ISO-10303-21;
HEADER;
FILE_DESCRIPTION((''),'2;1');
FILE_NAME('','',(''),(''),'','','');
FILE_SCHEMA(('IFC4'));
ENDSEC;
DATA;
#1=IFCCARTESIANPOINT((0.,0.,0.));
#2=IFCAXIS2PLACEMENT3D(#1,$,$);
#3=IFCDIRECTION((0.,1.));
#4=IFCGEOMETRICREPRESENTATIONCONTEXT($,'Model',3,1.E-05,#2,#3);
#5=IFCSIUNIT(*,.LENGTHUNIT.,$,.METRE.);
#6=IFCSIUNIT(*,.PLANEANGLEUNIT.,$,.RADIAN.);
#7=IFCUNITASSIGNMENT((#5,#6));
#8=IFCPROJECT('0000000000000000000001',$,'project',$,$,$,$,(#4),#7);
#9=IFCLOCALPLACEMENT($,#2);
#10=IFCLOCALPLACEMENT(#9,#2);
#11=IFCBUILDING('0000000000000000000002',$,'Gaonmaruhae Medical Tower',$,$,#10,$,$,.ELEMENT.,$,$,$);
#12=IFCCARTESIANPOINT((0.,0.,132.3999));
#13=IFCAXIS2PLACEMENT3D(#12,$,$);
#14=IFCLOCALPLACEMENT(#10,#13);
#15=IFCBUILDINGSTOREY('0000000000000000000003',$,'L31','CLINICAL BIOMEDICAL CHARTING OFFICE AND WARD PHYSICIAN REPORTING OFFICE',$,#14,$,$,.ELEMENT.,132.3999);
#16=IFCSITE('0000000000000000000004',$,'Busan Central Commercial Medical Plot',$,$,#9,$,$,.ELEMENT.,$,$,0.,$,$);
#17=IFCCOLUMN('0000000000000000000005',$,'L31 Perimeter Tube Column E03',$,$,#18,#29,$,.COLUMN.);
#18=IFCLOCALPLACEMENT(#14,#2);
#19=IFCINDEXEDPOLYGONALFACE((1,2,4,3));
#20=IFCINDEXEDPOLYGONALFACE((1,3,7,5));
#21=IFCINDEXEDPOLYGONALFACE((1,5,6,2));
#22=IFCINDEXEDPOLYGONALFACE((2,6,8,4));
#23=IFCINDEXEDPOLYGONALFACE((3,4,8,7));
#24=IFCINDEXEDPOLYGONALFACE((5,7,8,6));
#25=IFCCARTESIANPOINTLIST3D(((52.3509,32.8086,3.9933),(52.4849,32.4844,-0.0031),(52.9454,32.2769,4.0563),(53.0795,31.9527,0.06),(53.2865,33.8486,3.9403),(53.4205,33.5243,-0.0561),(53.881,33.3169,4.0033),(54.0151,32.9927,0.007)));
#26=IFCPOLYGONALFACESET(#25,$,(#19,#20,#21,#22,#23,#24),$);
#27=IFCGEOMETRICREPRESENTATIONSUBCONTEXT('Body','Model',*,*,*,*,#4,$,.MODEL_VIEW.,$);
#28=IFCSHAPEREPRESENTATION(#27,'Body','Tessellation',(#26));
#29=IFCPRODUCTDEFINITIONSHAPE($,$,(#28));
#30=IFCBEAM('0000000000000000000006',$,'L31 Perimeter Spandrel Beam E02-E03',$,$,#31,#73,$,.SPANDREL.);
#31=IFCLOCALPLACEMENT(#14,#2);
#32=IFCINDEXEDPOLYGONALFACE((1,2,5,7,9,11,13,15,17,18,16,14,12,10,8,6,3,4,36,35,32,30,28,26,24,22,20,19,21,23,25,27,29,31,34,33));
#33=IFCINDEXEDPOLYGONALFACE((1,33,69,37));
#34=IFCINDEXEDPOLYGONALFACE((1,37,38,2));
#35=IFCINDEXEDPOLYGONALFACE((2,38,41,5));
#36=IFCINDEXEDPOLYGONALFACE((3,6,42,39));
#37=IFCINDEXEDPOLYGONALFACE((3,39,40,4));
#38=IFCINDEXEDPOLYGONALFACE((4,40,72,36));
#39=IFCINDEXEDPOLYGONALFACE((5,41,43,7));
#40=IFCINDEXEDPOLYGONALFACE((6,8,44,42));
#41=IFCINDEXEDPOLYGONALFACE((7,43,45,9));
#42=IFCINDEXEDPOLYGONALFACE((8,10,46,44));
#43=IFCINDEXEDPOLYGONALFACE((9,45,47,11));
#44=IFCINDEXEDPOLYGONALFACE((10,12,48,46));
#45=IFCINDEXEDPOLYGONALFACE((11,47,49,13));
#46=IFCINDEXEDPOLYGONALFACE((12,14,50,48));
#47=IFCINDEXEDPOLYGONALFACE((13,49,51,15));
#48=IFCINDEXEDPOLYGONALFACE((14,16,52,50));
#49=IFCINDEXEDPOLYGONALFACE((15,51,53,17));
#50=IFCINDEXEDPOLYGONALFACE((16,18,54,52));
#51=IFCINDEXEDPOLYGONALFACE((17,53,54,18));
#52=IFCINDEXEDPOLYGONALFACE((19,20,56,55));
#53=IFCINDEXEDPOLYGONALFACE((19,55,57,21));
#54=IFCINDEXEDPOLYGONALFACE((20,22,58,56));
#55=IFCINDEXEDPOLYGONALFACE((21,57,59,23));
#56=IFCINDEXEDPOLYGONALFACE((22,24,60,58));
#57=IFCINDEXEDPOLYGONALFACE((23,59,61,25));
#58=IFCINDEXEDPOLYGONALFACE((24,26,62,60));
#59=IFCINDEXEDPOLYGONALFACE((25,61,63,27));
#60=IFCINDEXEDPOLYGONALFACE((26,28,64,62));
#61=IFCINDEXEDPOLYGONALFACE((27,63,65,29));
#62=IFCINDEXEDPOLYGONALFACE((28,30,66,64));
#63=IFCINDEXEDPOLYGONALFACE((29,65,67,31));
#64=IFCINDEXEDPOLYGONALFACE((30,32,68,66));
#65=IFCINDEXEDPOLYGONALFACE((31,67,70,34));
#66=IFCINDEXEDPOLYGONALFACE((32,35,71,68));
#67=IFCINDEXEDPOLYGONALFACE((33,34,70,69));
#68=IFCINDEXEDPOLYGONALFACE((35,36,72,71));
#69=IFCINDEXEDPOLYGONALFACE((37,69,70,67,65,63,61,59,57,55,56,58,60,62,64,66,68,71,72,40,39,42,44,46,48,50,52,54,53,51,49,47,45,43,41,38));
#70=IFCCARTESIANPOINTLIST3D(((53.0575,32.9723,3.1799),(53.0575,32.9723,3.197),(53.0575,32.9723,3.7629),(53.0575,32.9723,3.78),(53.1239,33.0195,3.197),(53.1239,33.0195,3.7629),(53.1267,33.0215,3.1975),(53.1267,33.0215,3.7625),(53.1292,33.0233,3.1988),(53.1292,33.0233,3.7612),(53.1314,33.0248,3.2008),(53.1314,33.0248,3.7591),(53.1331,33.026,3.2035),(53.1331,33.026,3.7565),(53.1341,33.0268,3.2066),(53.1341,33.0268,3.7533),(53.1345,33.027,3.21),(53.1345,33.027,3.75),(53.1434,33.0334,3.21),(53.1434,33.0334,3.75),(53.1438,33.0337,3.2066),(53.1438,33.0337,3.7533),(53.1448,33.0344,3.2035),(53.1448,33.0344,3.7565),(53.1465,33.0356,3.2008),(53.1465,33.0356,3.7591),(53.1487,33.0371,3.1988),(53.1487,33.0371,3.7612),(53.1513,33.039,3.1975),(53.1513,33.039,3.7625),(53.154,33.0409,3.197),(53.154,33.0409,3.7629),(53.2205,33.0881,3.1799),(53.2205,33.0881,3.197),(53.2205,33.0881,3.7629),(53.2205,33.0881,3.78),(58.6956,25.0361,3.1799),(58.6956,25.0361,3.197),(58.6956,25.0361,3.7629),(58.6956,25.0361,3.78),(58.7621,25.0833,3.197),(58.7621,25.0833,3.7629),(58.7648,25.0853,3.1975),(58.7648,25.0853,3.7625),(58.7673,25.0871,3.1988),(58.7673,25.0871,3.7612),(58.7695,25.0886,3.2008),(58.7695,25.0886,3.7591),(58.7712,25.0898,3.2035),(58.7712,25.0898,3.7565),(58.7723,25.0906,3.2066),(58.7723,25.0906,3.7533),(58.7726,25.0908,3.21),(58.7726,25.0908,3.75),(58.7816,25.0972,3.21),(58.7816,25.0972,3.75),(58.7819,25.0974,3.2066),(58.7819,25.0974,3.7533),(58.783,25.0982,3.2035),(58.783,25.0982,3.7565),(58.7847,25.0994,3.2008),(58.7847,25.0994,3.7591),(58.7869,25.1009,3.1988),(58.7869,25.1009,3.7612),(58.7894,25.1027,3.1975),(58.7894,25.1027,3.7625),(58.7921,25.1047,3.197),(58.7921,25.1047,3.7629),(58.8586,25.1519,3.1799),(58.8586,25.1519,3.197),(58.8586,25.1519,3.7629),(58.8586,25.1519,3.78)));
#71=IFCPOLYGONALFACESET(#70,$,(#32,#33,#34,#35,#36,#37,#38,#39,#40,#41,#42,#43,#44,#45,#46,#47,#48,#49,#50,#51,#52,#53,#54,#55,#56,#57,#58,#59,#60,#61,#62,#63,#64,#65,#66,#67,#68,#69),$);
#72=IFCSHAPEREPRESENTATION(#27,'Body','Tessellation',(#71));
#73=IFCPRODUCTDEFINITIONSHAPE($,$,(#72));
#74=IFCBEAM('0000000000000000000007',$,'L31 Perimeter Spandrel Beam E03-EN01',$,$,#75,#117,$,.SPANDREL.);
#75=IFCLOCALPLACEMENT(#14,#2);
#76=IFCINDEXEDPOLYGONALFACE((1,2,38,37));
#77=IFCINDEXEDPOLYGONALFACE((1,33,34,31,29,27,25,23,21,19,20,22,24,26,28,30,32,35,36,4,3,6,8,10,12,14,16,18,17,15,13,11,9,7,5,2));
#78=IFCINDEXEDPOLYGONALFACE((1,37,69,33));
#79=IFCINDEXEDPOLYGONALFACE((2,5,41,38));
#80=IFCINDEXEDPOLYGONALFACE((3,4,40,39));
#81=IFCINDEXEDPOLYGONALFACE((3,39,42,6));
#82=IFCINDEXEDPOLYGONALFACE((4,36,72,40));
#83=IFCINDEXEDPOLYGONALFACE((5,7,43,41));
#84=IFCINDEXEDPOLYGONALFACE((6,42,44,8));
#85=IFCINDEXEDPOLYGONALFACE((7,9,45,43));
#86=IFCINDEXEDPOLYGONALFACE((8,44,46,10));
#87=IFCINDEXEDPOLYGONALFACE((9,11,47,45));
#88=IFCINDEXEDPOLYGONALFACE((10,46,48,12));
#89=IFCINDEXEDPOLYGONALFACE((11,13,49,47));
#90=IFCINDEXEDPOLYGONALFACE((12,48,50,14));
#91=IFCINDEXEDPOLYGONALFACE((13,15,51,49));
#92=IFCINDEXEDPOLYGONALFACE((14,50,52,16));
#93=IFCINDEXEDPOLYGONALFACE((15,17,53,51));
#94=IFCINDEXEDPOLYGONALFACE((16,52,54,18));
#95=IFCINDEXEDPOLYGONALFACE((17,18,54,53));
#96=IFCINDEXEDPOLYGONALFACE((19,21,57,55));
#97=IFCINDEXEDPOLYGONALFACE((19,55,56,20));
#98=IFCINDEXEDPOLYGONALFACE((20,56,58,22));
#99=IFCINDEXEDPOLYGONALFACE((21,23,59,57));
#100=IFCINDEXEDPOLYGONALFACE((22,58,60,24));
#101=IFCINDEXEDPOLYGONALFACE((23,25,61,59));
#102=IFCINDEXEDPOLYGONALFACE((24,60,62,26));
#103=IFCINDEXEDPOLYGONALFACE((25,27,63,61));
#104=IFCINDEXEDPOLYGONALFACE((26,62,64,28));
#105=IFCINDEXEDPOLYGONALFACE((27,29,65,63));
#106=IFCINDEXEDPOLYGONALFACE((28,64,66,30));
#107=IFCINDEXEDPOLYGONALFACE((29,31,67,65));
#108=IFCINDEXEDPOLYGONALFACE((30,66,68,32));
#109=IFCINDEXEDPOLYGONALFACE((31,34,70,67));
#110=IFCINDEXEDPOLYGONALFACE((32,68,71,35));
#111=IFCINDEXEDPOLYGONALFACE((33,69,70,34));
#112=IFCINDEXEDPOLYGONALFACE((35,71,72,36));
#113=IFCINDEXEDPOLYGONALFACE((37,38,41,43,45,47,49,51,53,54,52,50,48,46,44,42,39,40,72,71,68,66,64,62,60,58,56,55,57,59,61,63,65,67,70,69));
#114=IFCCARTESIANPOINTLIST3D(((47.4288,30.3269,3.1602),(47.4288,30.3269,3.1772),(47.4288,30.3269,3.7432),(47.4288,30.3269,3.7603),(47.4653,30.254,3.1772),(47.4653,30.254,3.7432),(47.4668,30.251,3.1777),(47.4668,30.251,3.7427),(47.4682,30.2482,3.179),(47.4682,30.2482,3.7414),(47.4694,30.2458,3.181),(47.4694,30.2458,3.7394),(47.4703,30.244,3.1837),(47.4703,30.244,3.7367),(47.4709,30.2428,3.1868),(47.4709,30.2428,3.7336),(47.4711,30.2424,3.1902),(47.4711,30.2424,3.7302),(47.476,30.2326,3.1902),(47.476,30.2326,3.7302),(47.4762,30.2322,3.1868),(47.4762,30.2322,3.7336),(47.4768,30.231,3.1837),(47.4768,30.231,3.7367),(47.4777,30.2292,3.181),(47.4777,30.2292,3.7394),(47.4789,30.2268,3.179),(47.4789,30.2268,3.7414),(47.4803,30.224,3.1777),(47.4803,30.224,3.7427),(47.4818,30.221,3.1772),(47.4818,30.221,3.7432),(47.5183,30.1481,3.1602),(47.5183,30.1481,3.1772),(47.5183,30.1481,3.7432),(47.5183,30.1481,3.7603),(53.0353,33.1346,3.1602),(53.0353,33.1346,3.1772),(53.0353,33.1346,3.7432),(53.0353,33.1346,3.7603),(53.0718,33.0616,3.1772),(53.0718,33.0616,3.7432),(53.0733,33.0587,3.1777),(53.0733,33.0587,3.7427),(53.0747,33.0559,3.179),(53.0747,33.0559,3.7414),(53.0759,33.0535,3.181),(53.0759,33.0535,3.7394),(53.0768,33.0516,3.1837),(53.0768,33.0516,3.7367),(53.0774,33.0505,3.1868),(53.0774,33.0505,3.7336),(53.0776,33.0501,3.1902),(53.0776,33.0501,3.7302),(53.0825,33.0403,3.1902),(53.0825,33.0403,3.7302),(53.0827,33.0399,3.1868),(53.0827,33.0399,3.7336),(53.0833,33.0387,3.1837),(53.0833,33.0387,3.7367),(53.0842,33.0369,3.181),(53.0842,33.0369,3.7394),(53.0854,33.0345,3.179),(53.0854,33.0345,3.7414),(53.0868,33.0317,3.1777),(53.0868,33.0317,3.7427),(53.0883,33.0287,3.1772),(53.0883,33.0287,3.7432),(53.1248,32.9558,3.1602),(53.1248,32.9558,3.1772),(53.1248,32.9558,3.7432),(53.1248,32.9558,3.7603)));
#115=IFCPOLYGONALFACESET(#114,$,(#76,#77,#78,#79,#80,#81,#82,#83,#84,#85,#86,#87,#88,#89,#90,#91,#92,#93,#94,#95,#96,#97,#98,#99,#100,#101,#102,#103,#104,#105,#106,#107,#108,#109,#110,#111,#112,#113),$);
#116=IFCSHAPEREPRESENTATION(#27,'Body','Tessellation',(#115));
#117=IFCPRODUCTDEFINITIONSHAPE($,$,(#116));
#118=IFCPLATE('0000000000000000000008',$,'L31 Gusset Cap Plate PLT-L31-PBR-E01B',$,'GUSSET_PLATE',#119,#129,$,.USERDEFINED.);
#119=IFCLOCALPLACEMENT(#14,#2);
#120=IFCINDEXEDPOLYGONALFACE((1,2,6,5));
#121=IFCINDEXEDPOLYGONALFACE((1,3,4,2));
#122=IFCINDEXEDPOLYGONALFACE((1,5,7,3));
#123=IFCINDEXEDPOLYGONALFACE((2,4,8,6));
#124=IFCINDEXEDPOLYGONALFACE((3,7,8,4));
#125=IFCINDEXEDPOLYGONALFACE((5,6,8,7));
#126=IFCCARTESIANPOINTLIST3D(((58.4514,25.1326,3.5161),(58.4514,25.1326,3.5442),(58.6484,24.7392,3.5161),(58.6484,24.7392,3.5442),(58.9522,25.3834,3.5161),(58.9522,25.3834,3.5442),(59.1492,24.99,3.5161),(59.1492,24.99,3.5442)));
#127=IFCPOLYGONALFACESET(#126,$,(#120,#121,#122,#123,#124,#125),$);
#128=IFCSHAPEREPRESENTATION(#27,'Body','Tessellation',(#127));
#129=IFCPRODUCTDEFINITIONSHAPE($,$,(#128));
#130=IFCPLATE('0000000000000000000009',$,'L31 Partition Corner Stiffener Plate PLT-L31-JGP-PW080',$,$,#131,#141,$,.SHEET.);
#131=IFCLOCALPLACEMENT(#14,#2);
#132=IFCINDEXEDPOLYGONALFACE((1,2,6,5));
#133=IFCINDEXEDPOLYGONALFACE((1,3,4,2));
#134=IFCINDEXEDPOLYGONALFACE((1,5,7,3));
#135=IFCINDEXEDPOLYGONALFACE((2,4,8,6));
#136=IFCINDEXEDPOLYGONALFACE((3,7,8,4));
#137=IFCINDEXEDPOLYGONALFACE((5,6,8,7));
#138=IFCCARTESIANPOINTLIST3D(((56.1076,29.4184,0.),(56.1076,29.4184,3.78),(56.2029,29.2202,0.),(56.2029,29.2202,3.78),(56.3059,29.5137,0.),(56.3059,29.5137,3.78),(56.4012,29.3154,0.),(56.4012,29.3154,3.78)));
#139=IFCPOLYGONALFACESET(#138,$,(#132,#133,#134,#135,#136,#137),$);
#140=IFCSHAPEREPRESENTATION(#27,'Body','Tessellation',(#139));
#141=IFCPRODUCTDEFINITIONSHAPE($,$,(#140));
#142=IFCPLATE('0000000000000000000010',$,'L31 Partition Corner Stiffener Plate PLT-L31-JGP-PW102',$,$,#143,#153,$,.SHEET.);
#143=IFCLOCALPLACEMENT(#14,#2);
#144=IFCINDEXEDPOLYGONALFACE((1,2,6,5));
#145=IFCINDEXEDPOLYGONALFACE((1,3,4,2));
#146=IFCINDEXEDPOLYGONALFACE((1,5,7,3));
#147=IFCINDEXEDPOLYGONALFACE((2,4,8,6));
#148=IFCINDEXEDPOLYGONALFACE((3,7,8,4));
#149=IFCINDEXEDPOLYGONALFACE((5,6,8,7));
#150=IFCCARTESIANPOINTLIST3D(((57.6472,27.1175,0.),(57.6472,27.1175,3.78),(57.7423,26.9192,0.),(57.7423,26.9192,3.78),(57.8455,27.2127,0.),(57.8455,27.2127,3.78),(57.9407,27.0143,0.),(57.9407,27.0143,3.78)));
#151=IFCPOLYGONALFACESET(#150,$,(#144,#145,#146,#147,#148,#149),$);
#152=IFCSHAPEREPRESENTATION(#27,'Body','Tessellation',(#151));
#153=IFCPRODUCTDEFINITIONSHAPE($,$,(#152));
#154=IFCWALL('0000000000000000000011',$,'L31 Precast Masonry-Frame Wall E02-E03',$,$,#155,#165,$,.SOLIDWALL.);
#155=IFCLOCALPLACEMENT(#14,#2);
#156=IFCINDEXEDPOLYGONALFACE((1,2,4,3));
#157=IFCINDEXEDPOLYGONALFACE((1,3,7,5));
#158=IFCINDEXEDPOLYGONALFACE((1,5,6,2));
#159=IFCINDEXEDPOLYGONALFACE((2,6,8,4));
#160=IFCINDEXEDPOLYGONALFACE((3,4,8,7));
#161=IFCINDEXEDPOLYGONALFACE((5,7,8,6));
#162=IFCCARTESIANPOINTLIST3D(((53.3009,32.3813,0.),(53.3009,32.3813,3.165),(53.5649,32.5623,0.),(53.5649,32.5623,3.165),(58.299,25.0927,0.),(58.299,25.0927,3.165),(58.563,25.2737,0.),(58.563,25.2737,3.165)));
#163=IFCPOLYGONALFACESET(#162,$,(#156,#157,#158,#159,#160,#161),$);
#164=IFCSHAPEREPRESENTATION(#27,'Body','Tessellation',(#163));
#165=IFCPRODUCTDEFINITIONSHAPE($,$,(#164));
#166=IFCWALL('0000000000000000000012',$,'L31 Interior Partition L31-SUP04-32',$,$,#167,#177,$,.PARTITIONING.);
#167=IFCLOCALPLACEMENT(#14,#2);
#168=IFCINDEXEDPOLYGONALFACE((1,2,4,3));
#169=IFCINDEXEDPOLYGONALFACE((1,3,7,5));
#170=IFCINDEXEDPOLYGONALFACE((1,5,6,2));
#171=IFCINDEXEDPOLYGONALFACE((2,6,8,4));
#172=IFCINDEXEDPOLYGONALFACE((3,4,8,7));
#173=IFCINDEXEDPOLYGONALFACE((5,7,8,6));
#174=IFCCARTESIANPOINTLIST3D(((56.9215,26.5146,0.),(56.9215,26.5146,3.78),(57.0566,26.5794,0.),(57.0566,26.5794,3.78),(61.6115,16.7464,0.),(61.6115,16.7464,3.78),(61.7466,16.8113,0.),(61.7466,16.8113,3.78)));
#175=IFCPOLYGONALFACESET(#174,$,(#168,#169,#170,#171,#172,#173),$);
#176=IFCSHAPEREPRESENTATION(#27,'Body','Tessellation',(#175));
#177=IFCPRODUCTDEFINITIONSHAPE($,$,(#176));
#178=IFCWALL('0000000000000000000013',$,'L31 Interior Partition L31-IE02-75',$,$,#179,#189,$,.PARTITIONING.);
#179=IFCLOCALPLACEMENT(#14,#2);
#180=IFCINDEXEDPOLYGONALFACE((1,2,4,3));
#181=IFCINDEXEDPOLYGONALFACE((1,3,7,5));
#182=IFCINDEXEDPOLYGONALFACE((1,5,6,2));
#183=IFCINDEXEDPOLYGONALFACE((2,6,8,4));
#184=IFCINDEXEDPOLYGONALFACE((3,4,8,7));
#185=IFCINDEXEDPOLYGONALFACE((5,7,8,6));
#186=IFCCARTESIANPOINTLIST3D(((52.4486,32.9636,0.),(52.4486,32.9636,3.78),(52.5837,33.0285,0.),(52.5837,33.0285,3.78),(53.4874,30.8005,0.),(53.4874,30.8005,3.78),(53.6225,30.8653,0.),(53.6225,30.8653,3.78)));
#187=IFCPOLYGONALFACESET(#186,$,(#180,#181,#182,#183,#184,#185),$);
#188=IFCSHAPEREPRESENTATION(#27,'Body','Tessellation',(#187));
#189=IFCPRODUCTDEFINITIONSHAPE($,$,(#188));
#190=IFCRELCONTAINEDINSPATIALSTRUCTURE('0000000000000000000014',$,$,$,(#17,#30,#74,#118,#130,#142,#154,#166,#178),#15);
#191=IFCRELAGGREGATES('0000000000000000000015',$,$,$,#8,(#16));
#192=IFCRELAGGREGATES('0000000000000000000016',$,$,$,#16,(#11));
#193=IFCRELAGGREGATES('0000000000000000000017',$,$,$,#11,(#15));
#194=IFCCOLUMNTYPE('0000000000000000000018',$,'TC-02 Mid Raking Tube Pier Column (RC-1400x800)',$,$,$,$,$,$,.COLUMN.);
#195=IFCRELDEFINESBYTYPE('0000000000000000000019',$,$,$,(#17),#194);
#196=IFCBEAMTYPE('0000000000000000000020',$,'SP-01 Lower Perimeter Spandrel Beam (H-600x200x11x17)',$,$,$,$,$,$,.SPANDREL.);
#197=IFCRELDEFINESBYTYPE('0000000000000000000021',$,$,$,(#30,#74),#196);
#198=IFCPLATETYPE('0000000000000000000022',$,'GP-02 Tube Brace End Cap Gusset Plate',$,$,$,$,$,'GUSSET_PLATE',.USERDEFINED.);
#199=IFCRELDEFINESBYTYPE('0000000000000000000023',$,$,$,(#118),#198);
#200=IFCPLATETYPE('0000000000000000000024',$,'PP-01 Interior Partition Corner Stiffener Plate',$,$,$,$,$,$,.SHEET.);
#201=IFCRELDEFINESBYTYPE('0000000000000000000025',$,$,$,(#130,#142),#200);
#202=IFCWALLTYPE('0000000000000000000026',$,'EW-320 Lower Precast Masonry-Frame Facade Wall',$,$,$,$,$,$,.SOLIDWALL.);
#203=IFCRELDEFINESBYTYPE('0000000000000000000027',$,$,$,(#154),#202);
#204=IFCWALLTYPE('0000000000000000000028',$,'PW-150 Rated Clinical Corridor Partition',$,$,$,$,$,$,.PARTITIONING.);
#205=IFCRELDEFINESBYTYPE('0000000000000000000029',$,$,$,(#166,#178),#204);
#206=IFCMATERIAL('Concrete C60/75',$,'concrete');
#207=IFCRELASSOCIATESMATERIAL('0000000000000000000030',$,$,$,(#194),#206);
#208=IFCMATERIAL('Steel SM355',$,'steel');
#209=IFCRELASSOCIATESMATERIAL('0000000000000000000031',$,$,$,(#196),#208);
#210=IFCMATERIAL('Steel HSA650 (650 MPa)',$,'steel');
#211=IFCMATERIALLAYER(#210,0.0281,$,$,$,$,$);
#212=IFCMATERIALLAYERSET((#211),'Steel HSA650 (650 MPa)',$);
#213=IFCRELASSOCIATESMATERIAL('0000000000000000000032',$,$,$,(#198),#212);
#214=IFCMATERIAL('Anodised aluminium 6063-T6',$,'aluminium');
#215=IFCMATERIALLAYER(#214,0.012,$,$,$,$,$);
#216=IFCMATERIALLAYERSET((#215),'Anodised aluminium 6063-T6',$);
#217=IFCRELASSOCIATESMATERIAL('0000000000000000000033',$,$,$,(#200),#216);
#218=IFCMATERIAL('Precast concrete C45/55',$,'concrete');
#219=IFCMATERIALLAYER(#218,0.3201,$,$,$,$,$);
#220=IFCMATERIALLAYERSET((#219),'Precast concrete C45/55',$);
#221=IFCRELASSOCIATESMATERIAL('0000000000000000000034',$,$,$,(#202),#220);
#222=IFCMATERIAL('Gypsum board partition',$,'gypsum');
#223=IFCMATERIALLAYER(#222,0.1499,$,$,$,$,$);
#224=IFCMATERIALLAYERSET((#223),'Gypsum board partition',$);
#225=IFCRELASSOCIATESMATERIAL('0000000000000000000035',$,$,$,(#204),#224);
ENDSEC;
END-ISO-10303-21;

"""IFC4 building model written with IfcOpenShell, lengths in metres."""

from ifc_helpers import new_model, si_unit, direction, frame, frame_2d, origin, origin_2d, place, context, subcontext, project, spatial, rectangle, i_section, extrude, material, layer, layer_set, material_profile, profile_set, type_object, element, save


model = new_model("IFC4")

# Units and contexts
model_context = context("Model", 3, precision=1e-05, world=origin(), true_north=direction((0.0, 1.0)))
body_context = subcontext(model_context, "Body", "Model", "MODEL_VIEW")
ifc_project = project(units=[si_unit("LENGTHUNIT", "METRE"), si_unit("PLANEANGLEUNIT", "RADIAN")], contexts=[model_context])

# Site, building, storey
site_placement = place(None, origin())
site = spatial("IfcSite", under=ifc_project, at=site_placement, Name="Busan Central Commercial Medical Plot", CompositionType="ELEMENT", RefElevation=0.0)
building_placement = place(site_placement, origin())
building = spatial("IfcBuilding", under=site, at=building_placement, Name="Gaonmaruhae Medical Tower", CompositionType="ELEMENT")
storey_placement = place(building_placement, frame((0.0, 0.0, 132.3999)))
storey = spatial("IfcBuildingStorey", under=building, at=storey_placement, Name="L31", Description="CLINICAL BIOMEDICAL CHARTING OFFICE AND WARD PHYSICIAN REPORTING OFFICE", CompositionType="ELEMENT", Elevation=132.3999)

# Column
ifc_material_1 = material(Name="Concrete C60/75", Category="concrete")
ifc_material_profile_1 = material_profile(ifc_material_1, rectangle(XDim=1.3999, YDim=0.8, at=origin_2d()), Name="RC-1400x800")
ifc_profile_set_1 = profile_set([ifc_material_profile_1], Name="Concrete C60/75")
column_type = type_object("IfcColumnType", Name="TC-02 Mid Raking Tube Pier Column (RC-1400x800)", PredefinedType="COLUMN", material=ifc_profile_set_1)
column_placement = place(storey_placement, frame((53.25, 32.7385, 0.002), z_axis=(-0.033411, 0.080818, 0.996169), x_axis=(-0.668331, -0.7429, 0.037856)))
element("IfcColumn", 1, at=column_placement, inside=storey, type_object=column_type, Name="L31 Perimeter Tube Column E03", PredefinedType="COLUMN", context=body_context, shape_type="SweptSolid", body=[
    extrude(rectangle(XDim=1.3999, YDim=0.8, at=origin_2d()), origin(), (0.0, 0.0, 1.0), 4.0117),
])

# Beams
ifc_material_2 = material(Name="Steel SM355", Category="steel")
ifc_material_profile_2 = material_profile(ifc_material_2, i_section(OverallWidth=0.2, OverallDepth=0.6001, WebThickness=0.011, FlangeThickness=0.0171, FilletRadius=0.0129, at=origin_2d()), Name="H-600x200x11x17")
ifc_profile_set_2 = profile_set([ifc_material_profile_2], Name="Steel SM355")
beam_type = type_object("IfcBeamType", Name="SP-01 Lower Perimeter Spandrel Beam (H-600x200x11x17)", PredefinedType="SPANDREL", material=ifc_profile_set_2)
beam_1_placement = place(storey_placement, frame((58.7771, 25.094, 3.48), z_axis=(-0.579156, 0.815217, 0.0), x_axis=(-0.815217, -0.579156, 0.0)))
element("IfcBeam", 2, at=beam_1_placement, inside=storey, type_object=beam_type, Name="L31 Perimeter Spandrel Beam E02-E03", PredefinedType="SPANDREL", context=body_context, shape_type="SweptSolid", body=[
    extrude(i_section(OverallWidth=0.2, OverallDepth=0.6001, WebThickness=0.011, FlangeThickness=0.0171, FilletRadius=0.0129, at=origin_2d()), origin(), (0.0, 0.0, 1.0), 9.7351),
])
beam_2_placement = place(storey_placement, frame((53.0801, 33.0452, 3.4602), z_axis=(-0.894147, -0.447774, 0.0), x_axis=(0.447774, -0.894147, 0.0)))
element("IfcBeam", 3, at=beam_2_placement, inside=storey, type_object=beam_type, Name="L31 Perimeter Spandrel Beam E03-EN01", PredefinedType="SPANDREL", context=body_context, shape_type="SweptSolid", body=[
    extrude(i_section(OverallWidth=0.2, OverallDepth=0.6001, WebThickness=0.011, FlangeThickness=0.0171, FilletRadius=0.0129, at=origin_2d()), origin(), (0.0, 0.0, 1.0), 6.2703),
])

# Plates
ifc_material_3 = material(Name="Steel HSA650 (650 MPa)", Category="steel")
ifc_layer_1 = layer(ifc_material_3, 0.0281)
ifc_layer_set_1 = layer_set([ifc_layer_1], Name="Steel HSA650 (650 MPa)")
plate_type_1 = type_object("IfcPlateType", Name="GP-02 Tube Brace End Cap Gusset Plate", ElementType="GUSSET_PLATE", PredefinedType="USERDEFINED", material=ifc_layer_set_1)
plate_placement = place(storey_placement, frame((58.8003, 25.0613, 3.5161), z_axis=(0.0, 0.0, 1.0), x_axis=(0.894154, 0.447759, 0.0)))
element("IfcPlate", 4, at=plate_placement, inside=storey, type_object=plate_type_1, Name="L31 Gusset Cap Plate PLT-L31-PBR-E01B", ObjectType="GUSSET_PLATE", PredefinedType="USERDEFINED", context=body_context, shape_type="SweptSolid", body=[
    extrude(rectangle(XDim=0.5601, YDim=0.4399, at=origin_2d()), origin(), (0.0, 0.0, 1.0), 0.0281),
])
ifc_material_4 = material(Name="Anodised aluminium 6063-T6", Category="aluminium")
ifc_layer_2 = layer(ifc_material_4, 0.012)
ifc_layer_set_2 = layer_set([ifc_layer_2], Name="Anodised aluminium 6063-T6")
plate_type_2 = type_object("IfcPlateType", Name="PP-01 Interior Partition Corner Stiffener Plate", PredefinedType="SHEET", material=ifc_layer_set_2)
for number, where, z_axis, x_axis, name in (
    (5, (56.2544, 29.3669, 0.0), (0.0, 0.0, 1.0), (-0.901349, -0.433093, 0.0), "L31 Partition Corner Stiffener Plate PLT-L31-JGP-PW080"),
    (6, (57.7939, 27.0659, 0.0), (0.0, 0.0, 1.0), (0.901636, 0.432495, 0.0), "L31 Partition Corner Stiffener Plate PLT-L31-JGP-PW102"),
):
    element("IfcPlate", number, at=place(storey_placement, frame(where, z_axis=z_axis, x_axis=x_axis)), inside=storey, type_object=plate_type_2, Name=name, PredefinedType="SHEET", context=body_context, shape_type="SweptSolid", body=[
        extrude(rectangle(XDim=0.22, YDim=0.22, at=origin_2d()), origin(), (0.0, 0.0, 1.0), 3.78),
    ])

# Walls
ifc_material_5 = material(Name="Precast concrete C45/55", Category="concrete")
ifc_layer_3 = layer(ifc_material_5, 0.3201)
ifc_layer_set_3 = layer_set([ifc_layer_3], Name="Precast concrete C45/55")
wall_type_1 = type_object("IfcWallType", Name="EW-320 Lower Precast Masonry-Frame Facade Wall", PredefinedType="SOLIDWALL", material=ifc_layer_set_3)
wall_1_placement = place(storey_placement, frame((53.4329, 32.4719, 0.0), z_axis=(0.0, 0.0, 1.0), x_axis=(0.565541, -0.82472, 0.0)))
element("IfcWall", 7, at=wall_1_placement, inside=storey, type_object=wall_type_1, Name="L31 Precast Masonry-Frame Wall E02-E03", PredefinedType="SOLIDWALL", context=body_context, shape_type="SweptSolid", body=[
    extrude(rectangle(XDim=8.8376, YDim=0.3201, at=frame_2d((4.4189, 0.0))), origin(), (0.0, 0.0, 1.0), 3.165),
])
ifc_material_6 = material(Name="Gypsum board partition", Category="gypsum")
ifc_layer_4 = layer(ifc_material_6, 0.1499)
ifc_layer_set_4 = layer_set([ifc_layer_4], Name="Gypsum board partition")
wall_type_2 = type_object("IfcWallType", Name="PW-150 Rated Clinical Corridor Partition", PredefinedType="PARTITIONING", material=ifc_layer_set_4)
wall_2_placement = place(storey_placement, frame((56.989, 26.5471, 0.0), z_axis=(0.0, 0.0, 1.0), x_axis=(0.432826, -0.901477, 0.0)))
element("IfcWall", 8, at=wall_2_placement, inside=storey, type_object=wall_type_2, Name="L31 Interior Partition L31-SUP04-32", PredefinedType="PARTITIONING", context=body_context, shape_type="SweptSolid", body=[
    extrude(rectangle(XDim=10.8357, YDim=0.1499, at=frame_2d((5.418, 0.0))), origin(), (0.0, 0.0, 1.0), 3.78),
])
wall_3_placement = place(storey_placement, frame((53.5549, 30.833, 0.0), z_axis=(0.0, 0.0, 1.0), x_axis=(-0.432913, 0.901436, 0.0)))
element("IfcWall", 9, at=wall_3_placement, inside=storey, type_object=wall_type_2, Name="L31 Interior Partition L31-IE02-75", PredefinedType="PARTITIONING", context=body_context, shape_type="SweptSolid", body=[
    extrude(rectangle(XDim=2.3997, YDim=0.1499, at=frame_2d((1.1997, 0.0))), origin(), (0.0, 0.0, 1.0), 3.78),
])

save(model, "model.ifc")
